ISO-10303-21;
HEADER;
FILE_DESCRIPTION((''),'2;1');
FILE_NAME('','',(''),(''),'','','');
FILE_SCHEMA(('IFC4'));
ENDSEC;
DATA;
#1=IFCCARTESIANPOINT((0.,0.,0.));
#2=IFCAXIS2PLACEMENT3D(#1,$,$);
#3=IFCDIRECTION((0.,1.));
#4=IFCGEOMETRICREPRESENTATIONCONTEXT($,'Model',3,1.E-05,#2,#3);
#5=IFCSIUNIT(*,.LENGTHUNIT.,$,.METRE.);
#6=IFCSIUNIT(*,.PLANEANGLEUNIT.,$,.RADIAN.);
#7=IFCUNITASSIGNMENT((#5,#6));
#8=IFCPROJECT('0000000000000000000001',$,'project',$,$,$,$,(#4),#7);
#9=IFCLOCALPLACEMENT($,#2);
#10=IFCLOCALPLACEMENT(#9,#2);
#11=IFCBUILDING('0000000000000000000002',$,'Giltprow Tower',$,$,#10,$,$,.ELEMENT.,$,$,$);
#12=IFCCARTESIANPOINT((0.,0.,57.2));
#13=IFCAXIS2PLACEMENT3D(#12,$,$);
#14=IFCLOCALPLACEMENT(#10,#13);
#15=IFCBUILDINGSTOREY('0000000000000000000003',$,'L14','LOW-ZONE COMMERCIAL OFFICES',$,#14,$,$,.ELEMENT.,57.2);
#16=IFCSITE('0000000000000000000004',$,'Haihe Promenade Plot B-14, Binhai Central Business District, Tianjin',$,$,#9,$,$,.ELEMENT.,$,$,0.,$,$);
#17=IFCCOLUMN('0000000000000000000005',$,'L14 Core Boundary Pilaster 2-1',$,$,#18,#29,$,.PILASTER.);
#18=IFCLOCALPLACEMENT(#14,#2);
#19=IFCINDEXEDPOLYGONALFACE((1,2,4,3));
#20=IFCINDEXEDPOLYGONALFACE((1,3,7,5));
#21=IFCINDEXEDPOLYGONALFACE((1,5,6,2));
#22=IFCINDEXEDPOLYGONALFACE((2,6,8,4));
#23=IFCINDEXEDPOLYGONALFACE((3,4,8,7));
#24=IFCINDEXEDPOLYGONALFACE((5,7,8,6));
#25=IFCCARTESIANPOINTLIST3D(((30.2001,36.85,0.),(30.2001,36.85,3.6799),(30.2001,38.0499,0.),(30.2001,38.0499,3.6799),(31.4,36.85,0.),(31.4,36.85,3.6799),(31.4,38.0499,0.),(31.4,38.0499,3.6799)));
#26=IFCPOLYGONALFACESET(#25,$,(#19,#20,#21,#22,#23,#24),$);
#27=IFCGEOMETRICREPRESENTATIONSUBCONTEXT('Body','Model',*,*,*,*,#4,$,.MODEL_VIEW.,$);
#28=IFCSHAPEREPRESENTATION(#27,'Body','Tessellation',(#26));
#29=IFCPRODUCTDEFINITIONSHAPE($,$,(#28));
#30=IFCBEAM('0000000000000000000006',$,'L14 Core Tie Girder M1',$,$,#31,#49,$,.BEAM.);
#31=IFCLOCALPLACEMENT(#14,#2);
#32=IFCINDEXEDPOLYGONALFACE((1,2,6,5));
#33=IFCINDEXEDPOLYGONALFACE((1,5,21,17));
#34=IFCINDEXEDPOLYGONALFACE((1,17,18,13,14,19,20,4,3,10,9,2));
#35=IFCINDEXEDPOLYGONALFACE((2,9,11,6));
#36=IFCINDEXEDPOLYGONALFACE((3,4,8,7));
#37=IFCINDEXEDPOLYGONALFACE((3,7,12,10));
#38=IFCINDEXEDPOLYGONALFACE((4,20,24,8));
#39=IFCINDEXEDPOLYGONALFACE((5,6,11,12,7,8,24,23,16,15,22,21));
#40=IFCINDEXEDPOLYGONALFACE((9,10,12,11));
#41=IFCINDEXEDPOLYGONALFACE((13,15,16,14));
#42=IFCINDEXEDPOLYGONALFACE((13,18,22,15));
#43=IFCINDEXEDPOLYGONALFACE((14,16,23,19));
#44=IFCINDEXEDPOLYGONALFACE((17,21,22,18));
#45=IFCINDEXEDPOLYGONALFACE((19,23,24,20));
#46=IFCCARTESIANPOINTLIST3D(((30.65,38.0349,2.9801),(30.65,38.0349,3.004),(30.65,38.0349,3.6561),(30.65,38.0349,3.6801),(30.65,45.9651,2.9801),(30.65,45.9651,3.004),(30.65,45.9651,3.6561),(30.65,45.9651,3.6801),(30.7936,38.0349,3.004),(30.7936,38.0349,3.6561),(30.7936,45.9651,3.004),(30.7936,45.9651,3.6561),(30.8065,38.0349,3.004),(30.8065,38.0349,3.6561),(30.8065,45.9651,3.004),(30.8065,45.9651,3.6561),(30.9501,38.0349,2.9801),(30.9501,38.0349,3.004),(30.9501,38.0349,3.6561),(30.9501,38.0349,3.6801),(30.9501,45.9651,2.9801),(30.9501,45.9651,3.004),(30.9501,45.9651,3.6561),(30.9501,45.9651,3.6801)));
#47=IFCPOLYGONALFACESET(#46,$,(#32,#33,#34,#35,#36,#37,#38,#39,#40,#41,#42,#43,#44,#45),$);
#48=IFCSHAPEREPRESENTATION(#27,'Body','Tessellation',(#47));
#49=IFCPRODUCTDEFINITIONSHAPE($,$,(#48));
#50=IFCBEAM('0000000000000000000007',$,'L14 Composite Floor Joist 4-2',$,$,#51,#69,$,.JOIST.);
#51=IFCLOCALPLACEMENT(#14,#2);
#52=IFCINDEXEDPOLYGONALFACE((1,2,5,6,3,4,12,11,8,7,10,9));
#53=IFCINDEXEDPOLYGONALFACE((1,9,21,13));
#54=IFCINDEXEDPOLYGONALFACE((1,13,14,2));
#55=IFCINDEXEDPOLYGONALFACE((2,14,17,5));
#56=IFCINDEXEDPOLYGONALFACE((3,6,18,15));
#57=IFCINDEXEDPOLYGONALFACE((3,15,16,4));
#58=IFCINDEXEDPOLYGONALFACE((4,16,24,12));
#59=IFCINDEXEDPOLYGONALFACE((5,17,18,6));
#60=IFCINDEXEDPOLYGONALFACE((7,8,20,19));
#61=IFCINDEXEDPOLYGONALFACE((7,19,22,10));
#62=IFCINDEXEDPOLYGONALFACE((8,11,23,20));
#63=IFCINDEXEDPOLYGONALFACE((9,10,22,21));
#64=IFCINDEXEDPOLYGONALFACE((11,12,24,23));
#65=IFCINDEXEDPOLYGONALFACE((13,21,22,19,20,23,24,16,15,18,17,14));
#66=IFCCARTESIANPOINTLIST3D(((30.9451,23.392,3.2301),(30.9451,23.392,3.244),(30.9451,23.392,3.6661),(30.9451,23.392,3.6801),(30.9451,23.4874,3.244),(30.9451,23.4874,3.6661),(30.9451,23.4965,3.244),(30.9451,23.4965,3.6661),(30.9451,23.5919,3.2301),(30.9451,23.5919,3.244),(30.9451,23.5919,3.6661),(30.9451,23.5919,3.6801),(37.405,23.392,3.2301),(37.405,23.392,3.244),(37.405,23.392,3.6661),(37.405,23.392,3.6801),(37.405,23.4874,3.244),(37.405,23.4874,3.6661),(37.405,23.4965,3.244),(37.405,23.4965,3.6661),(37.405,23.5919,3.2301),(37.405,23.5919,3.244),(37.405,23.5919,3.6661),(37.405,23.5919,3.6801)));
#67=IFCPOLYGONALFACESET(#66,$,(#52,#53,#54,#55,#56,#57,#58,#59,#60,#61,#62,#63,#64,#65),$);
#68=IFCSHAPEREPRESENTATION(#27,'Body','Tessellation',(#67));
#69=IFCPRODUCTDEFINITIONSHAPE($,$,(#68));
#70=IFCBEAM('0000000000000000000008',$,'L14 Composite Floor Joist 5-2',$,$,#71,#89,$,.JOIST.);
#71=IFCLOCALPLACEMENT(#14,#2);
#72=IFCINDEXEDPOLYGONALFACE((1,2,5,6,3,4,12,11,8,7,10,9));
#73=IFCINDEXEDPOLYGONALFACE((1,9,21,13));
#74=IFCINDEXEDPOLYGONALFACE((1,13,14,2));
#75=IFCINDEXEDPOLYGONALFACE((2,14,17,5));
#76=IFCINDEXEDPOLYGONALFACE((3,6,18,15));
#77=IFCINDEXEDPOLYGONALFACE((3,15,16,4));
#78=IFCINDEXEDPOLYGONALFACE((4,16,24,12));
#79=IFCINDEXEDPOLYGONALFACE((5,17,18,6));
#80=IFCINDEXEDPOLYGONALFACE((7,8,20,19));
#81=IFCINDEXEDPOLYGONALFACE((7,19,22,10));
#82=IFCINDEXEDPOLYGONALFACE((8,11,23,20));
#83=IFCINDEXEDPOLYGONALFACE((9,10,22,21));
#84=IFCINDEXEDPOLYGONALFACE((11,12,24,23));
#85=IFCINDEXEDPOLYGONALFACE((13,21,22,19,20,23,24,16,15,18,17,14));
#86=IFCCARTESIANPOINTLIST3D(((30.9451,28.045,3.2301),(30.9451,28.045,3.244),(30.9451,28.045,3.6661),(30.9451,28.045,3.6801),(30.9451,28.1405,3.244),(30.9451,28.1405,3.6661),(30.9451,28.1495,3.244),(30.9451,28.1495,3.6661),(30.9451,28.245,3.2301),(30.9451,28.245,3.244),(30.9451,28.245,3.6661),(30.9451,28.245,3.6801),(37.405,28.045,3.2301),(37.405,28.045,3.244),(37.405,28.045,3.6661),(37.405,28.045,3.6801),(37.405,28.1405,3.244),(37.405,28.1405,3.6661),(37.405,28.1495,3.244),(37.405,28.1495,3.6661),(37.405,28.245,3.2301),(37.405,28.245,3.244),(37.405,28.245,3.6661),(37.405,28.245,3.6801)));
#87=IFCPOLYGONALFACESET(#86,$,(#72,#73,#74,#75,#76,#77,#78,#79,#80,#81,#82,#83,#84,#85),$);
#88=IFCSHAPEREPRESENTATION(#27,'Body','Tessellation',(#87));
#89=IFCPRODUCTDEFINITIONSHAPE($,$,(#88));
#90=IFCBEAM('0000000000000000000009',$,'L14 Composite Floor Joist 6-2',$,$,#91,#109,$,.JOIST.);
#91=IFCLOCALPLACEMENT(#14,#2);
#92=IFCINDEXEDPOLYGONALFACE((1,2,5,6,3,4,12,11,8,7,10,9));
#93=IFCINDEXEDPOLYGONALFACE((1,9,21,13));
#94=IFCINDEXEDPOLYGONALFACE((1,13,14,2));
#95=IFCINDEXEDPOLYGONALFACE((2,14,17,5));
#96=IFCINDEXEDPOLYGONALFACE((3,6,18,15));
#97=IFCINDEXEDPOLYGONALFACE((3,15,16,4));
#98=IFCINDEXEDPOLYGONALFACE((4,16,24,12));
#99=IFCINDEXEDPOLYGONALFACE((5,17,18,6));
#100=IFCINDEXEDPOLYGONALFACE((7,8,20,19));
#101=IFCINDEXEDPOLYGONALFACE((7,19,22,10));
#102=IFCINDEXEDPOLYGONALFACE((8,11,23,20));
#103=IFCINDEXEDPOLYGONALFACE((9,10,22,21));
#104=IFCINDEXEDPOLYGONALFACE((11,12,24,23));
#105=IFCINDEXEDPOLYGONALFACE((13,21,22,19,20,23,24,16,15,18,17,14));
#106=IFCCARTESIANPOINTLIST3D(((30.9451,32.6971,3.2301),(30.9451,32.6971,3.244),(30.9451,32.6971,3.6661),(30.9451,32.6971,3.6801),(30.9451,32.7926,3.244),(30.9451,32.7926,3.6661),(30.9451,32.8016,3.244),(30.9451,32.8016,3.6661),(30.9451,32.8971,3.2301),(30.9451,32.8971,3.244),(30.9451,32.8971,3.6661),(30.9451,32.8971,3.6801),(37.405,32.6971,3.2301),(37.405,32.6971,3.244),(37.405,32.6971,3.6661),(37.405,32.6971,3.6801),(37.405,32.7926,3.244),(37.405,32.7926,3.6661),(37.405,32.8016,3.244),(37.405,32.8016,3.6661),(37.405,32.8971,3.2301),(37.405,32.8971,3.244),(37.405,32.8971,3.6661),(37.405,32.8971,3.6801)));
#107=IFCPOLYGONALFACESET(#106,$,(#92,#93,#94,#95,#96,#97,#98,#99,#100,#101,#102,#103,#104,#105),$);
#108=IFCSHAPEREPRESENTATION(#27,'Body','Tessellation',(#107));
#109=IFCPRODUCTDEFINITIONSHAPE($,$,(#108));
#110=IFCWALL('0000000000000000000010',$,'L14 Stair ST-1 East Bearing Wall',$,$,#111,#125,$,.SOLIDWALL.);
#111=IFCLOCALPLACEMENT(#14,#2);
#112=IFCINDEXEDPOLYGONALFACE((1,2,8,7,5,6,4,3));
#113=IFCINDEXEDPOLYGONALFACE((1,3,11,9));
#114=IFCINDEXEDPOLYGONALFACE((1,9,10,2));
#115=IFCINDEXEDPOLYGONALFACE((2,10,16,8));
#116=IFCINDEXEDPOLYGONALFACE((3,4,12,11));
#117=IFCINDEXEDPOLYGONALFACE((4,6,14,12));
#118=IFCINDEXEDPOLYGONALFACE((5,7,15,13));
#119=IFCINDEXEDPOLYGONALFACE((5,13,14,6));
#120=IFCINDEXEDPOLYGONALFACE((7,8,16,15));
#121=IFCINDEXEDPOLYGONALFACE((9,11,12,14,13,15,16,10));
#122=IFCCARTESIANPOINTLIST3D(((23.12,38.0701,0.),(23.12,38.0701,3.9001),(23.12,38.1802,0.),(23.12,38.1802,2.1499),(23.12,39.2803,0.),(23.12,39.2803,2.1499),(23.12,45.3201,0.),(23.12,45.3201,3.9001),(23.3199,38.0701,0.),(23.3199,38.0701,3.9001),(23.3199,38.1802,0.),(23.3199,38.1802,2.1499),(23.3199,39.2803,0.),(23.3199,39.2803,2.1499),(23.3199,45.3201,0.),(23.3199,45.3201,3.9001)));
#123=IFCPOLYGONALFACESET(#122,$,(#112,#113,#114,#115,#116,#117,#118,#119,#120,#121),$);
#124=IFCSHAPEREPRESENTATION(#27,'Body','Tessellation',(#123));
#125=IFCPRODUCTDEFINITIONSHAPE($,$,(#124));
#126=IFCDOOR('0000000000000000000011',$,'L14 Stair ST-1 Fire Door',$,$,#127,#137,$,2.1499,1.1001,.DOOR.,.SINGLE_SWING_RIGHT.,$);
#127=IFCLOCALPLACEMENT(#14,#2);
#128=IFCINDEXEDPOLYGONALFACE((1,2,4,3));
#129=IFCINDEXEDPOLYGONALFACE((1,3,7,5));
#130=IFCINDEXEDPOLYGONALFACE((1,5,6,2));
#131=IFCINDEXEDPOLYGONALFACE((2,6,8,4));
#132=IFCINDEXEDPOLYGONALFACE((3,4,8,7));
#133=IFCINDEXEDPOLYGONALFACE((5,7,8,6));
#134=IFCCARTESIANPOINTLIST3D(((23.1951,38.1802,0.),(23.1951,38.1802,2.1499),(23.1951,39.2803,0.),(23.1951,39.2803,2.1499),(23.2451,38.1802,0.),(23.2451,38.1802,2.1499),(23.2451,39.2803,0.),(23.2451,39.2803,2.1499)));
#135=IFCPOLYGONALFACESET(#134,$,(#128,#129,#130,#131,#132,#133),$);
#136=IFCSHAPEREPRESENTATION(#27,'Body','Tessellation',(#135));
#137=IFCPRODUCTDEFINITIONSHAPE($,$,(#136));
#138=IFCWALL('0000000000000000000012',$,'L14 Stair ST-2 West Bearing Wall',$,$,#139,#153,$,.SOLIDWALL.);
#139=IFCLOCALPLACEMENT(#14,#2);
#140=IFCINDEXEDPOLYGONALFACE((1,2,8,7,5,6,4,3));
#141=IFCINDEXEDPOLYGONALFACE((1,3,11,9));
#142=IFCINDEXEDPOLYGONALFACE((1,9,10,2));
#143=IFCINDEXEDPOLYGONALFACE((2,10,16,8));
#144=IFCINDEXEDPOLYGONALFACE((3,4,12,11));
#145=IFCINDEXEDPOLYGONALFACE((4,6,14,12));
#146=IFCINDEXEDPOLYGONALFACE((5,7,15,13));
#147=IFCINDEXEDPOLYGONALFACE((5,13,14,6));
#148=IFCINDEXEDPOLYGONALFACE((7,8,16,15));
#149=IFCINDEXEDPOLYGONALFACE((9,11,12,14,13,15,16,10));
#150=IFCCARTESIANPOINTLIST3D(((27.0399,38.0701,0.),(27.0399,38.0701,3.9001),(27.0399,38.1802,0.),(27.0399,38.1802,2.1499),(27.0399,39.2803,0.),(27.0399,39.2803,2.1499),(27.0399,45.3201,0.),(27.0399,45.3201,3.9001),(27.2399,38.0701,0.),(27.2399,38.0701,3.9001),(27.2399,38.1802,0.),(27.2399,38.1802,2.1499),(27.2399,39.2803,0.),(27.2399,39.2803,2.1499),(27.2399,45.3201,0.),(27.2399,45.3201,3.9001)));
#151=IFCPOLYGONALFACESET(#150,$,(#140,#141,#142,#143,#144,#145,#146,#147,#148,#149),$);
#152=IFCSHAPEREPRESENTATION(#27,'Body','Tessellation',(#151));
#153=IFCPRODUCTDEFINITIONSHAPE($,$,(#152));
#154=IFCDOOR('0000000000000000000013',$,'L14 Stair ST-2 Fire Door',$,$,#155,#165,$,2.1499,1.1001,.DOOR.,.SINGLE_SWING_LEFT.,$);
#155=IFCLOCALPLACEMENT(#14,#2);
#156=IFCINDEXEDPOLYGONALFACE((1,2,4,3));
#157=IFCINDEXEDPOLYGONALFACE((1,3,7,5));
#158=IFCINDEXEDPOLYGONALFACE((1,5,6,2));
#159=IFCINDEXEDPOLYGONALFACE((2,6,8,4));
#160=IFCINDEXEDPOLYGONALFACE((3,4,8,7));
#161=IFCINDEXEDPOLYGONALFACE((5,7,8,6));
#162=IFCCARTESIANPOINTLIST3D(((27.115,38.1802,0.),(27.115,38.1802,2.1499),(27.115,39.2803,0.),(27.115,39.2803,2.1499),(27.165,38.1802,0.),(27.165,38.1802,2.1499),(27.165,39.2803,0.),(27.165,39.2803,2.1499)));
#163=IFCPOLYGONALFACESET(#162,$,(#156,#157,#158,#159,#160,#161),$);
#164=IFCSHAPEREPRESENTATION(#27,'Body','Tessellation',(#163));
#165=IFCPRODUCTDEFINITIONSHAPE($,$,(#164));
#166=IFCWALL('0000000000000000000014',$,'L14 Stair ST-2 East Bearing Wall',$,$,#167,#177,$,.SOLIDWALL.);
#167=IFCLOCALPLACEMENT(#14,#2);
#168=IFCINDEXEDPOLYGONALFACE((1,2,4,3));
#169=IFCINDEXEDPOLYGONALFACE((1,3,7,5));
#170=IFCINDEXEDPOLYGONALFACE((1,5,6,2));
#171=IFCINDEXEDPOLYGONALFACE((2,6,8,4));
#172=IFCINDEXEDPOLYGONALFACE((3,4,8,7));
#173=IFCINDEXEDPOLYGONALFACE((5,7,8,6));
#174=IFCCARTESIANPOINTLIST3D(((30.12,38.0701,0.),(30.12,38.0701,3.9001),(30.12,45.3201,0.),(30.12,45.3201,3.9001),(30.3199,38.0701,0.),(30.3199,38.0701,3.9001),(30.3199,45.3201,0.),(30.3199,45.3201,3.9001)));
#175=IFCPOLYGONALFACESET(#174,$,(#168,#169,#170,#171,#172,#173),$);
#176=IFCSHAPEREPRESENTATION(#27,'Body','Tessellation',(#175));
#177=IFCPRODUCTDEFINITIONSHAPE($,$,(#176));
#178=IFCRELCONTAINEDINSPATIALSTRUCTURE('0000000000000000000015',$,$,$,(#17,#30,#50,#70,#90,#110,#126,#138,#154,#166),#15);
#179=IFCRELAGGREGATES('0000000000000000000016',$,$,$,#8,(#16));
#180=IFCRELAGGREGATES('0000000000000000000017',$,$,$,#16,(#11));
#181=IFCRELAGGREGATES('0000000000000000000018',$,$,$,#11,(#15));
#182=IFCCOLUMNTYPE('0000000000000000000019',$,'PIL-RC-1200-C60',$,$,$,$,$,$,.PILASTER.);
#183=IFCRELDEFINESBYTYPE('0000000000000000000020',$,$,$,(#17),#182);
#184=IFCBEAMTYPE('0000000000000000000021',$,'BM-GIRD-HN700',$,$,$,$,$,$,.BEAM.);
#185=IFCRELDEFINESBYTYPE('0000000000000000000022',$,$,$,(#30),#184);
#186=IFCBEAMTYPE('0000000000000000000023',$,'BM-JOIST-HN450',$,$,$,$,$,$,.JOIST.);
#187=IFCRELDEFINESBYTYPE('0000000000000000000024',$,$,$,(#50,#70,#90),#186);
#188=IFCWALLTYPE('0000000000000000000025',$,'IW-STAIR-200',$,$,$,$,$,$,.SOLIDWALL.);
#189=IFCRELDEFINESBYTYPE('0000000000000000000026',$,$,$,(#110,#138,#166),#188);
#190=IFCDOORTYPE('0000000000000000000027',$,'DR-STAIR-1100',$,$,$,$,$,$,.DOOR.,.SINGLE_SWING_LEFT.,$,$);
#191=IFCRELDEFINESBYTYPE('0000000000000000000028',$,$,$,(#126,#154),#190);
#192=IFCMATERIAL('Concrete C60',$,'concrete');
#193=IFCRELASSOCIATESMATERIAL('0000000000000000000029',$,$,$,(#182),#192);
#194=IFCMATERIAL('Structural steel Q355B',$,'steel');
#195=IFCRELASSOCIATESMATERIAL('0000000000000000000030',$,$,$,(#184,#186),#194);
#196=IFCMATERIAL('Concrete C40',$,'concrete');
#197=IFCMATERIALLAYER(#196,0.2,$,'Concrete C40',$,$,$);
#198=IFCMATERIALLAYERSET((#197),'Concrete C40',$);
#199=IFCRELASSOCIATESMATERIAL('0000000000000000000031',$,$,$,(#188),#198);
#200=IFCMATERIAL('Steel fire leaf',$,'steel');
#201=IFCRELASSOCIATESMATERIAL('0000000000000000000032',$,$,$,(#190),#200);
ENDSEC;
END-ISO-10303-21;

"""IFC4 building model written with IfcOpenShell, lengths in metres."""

from ifc_helpers import new_model, si_unit, direction, frame, frame_2d, origin, origin_2d, place, context, subcontext, project, spatial, rectangle, i_section, extrude, source, transform, mapped, material, layer, layer_set, material_profile, profile_set, type_object, element, fill, save


model = new_model("IFC4")

# Units and contexts
model_context = context("Model", 3, precision=1e-05, world=origin(), true_north=direction((0.0, 1.0)))
body_context = subcontext(model_context, "Body", "Model", "MODEL_VIEW")
ifc_project = project(units=[si_unit("LENGTHUNIT", "METRE"), si_unit("PLANEANGLEUNIT", "RADIAN")], contexts=[model_context])

# Site, building, storey
site_placement = place(None, origin())
site = spatial("IfcSite", under=ifc_project, at=site_placement, Name="Haihe Promenade Plot B-14, Binhai Central Business District, Tianjin", CompositionType="ELEMENT", RefElevation=0.0)
building_placement = place(site_placement, origin())
building = spatial("IfcBuilding", under=site, at=building_placement, Name="Giltprow Tower", CompositionType="ELEMENT")
storey_placement = place(building_placement, frame((0.0, 0.0, 57.2)))
storey = spatial("IfcBuildingStorey", under=building, at=storey_placement, Name="L14", Description="LOW-ZONE COMMERCIAL OFFICES", CompositionType="ELEMENT", Elevation=57.2)

# Column
ifc_material_1 = material(Name="Concrete C60", Category="concrete")
ifc_material_profile_1 = material_profile(ifc_material_1, rectangle(XDim=1.2, YDim=1.2, at=origin_2d()), Name="RC 1200x1200")
ifc_profile_set_1 = profile_set([ifc_material_profile_1], Name="Concrete C60")
column_type = type_object("IfcColumnType", Name="PIL-RC-1200-C60", PredefinedType="PILASTER", material=ifc_profile_set_1)
shared_shape_1 = source(origin(), body_context, "Body", "SweptSolid", [
    extrude(rectangle(XDim=1.2, YDim=1.2, at=origin_2d()), origin(), (0.0, 0.0, 1.0), 3.6799),
])
column_placement = place(storey_placement, frame((30.8, 37.45, 0.0), z_axis=(0.0, 0.0, 1.0), x_axis=(1.0, 0.0, 0.0)))
element("IfcColumn", 1, at=column_placement, inside=storey, type_object=column_type, Name="L14 Core Boundary Pilaster 2-1", PredefinedType="PILASTER", context=body_context, shape_type="MappedRepresentation", body=[
    mapped(shared_shape_1, transform((0.0, 0.0, 0.0), x_axis=(1.0, 0.0, 0.0), y_axis=(0.0, 1.0, 0.0), z_axis=(0.0, 0.0, 1.0), scale=1.0)),
])

# Beams
ifc_material_2 = material(Name="Structural steel Q355B", Category="steel")
ifc_material_profile_2 = material_profile(ifc_material_2, i_section(OverallWidth=0.3, OverallDepth=0.7, WebThickness=0.0129, FlangeThickness=0.0239, at=origin_2d()), Name="HN 700x300x13x24")
ifc_profile_set_2 = profile_set([ifc_material_profile_2], Name="Structural steel Q355B")
beam_type_1 = type_object("IfcBeamType", Name="BM-GIRD-HN700", PredefinedType="BEAM", material=ifc_profile_set_2)
shared_shape_2 = source(origin(), body_context, "Body", "SweptSolid", [
    extrude(i_section(OverallWidth=0.3, OverallDepth=0.7, WebThickness=0.0129, FlangeThickness=0.0239, at=origin_2d()), origin(), (0.0, 0.0, 1.0), 7.9302),
])
beam_placement = place(storey_placement, frame((30.8, 38.0349, 3.3301), z_axis=(0.0, 1.0, 0.0), x_axis=(-1.0, 0.0, 0.0)))
element("IfcBeam", 2, at=beam_placement, inside=storey, type_object=beam_type_1, Name="L14 Core Tie Girder M1", PredefinedType="BEAM", context=body_context, shape_type="MappedRepresentation", body=[
    mapped(shared_shape_2, transform((0.0, 0.0, 0.0), x_axis=(1.0, 0.0, 0.0), y_axis=(0.0, 1.0, 0.0), z_axis=(0.0, 0.0, 1.0), scale=1.0)),
])
ifc_material_profile_3 = material_profile(ifc_material_2, i_section(OverallWidth=0.2, OverallDepth=0.45, WebThickness=0.009, FlangeThickness=0.0139, at=origin_2d()), Name="HN 450x200x9x14")
ifc_profile_set_3 = profile_set([ifc_material_profile_3], Name="Structural steel Q355B")
beam_type_2 = type_object("IfcBeamType", Name="BM-JOIST-HN450", PredefinedType="JOIST", material=ifc_profile_set_3)
shared_shape_3 = source(origin(), body_context, "Body", "SweptSolid", [
    extrude(i_section(OverallWidth=0.2, OverallDepth=0.45, WebThickness=0.009, FlangeThickness=0.0139, at=origin_2d()), origin(), (0.0, 0.0, 1.0), 6.46),
])
for number, where, z_axis, x_axis, name in (
    (3, (30.9451, 23.4919, 3.4551), (1.0, 0.0, 0.0), (0.0, 1.0, 0.0), "L14 Composite Floor Joist 4-2"),
    (4, (30.9451, 28.145, 3.4551), (1.0, 0.0, 0.0), (0.0, 1.0, 0.0), "L14 Composite Floor Joist 5-2"),
    (5, (30.9451, 32.7971, 3.4551), (1.0, 0.0, 0.0), (0.0, 1.0, 0.0), "L14 Composite Floor Joist 6-2"),
):
    element("IfcBeam", number, at=place(storey_placement, frame(where, z_axis=z_axis, x_axis=x_axis)), inside=storey, type_object=beam_type_2, Name=name, PredefinedType="JOIST", context=body_context, shape_type="MappedRepresentation", body=[
        mapped(shared_shape_3, transform((0.0, 0.0, 0.0), x_axis=(1.0, 0.0, 0.0), y_axis=(0.0, 1.0, 0.0), z_axis=(0.0, 0.0, 1.0), scale=1.0)),
    ])

# Walls, openings, doors
ifc_material_3 = material(Name="Concrete C40", Category="concrete")
ifc_layer_1 = layer(ifc_material_3, 0.2, Name="Concrete C40")
ifc_layer_set_1 = layer_set([ifc_layer_1], Name="Concrete C40")
wall_type_1 = type_object("IfcWallType", Name="IW-STAIR-200", PredefinedType="SOLIDWALL", material=ifc_layer_set_1)
wall_1_placement = place(storey_placement, frame((23.22, 38.0701, 0.0), z_axis=(0.0, 0.0, 1.0), x_axis=(0.0, 1.0, 0.0)))
wall_1 = element("IfcWall", 6, at=wall_1_placement, inside=storey, type_object=wall_type_1, Name="L14 Stair ST-1 East Bearing Wall", PredefinedType="SOLIDWALL", context=body_context, shape_type="SweptSolid", body=[
    extrude(rectangle(XDim=7.25, YDim=0.2, at=frame_2d((3.625, 0.0))), origin(), (0.0, 0.0, 1.0), 3.9001),
])
opening_1_placement = place(wall_1_placement, frame((0.1101, 0.0, 0.0)))
opening_1 = element("IfcOpeningElement", 7, at=opening_1_placement, cuts=wall_1, PredefinedType="OPENING", context=body_context, shape_type="SweptSolid", body=[
    extrude(rectangle(XDim=1.1001, YDim=2.1499, at=frame_2d((0.55, 1.075))), frame((0.0, 0.1099, 0.0), z_axis=(0.0, -1.0, 0.0), x_axis=(1.0, 0.0, 0.0)), (0.0, 0.0, 1.0), 0.22),
])
ifc_material_4 = material(Name="Steel fire leaf", Category="steel")
door_type_1 = type_object("IfcDoorType", Name="DR-STAIR-1100", OperationType="SINGLE_SWING_LEFT", PredefinedType="DOOR", material=ifc_material_4)
shared_shape_4 = source(origin(), body_context, "Body", "SweptSolid", [
    extrude(rectangle(XDim=1.1001, YDim=2.1499, at=frame_2d((0.55, 1.075))), frame((0.0, 0.0249, 0.0), z_axis=(0.0, -1.0, 0.0), x_axis=(1.0, 0.0, 0.0)), (0.0, 0.0, 1.0), 0.05),
])
door_1_placement = place(opening_1_placement, origin())
door_1 = element("IfcDoor", 8, at=door_1_placement, inside=storey, type_object=door_type_1, Name="L14 Stair ST-1 Fire Door", OperationType="SINGLE_SWING_RIGHT", OverallHeight=2.1499, OverallWidth=1.1001, PredefinedType="DOOR", context=body_context, shape_type="MappedRepresentation", body=[
    mapped(shared_shape_4, transform((0.0, 0.0, 0.0), x_axis=(1.0, 0.0, 0.0), y_axis=(0.0, 1.0, 0.0), z_axis=(0.0, 0.0, 1.0), scale=1.0)),
])
fill(opening_1, door_1)
wall_2_placement = place(storey_placement, frame((27.1399, 38.0701, 0.0), z_axis=(0.0, 0.0, 1.0), x_axis=(0.0, 1.0, 0.0)))
wall_2 = element("IfcWall", 9, at=wall_2_placement, inside=storey, type_object=wall_type_1, Name="L14 Stair ST-2 West Bearing Wall", PredefinedType="SOLIDWALL", context=body_context, shape_type="SweptSolid", body=[
    extrude(rectangle(XDim=7.25, YDim=0.2, at=frame_2d((3.625, 0.0))), origin(), (0.0, 0.0, 1.0), 3.9001),
])
opening_2_placement = place(wall_2_placement, frame((0.1101, 0.0, 0.0)))
opening_2 = element("IfcOpeningElement", 10, at=opening_2_placement, cuts=wall_2, PredefinedType="OPENING", context=body_context, shape_type="SweptSolid", body=[
    extrude(rectangle(XDim=1.1001, YDim=2.1499, at=frame_2d((0.55, 1.075))), frame((0.0, 0.1099, 0.0), z_axis=(0.0, -1.0, 0.0), x_axis=(1.0, 0.0, 0.0)), (0.0, 0.0, 1.0), 0.22),
])
door_2_placement = place(opening_2_placement, origin())
door_2 = element("IfcDoor", 11, at=door_2_placement, inside=storey, type_object=door_type_1, Name="L14 Stair ST-2 Fire Door", OperationType="SINGLE_SWING_LEFT", OverallHeight=2.1499, OverallWidth=1.1001, PredefinedType="DOOR", context=body_context, shape_type="MappedRepresentation", body=[
    mapped(shared_shape_4, transform((0.0, 0.0, 0.0), x_axis=(1.0, 0.0, 0.0), y_axis=(0.0, 1.0, 0.0), z_axis=(0.0, 0.0, 1.0), scale=1.0)),
])
fill(opening_2, door_2)

# Wall
wall_3_placement = place(storey_placement, frame((30.22, 38.0701, 0.0), z_axis=(0.0, 0.0, 1.0), x_axis=(0.0, 1.0, 0.0)))
element("IfcWall", 12, at=wall_3_placement, inside=storey, type_object=wall_type_1, Name="L14 Stair ST-2 East Bearing Wall", PredefinedType="SOLIDWALL", context=body_context, shape_type="SweptSolid", body=[
    extrude(rectangle(XDim=7.25, YDim=0.2, at=frame_2d((3.625, 0.0))), origin(), (0.0, 0.0, 1.0), 3.9001),
])

save(model, "model.ifc")
